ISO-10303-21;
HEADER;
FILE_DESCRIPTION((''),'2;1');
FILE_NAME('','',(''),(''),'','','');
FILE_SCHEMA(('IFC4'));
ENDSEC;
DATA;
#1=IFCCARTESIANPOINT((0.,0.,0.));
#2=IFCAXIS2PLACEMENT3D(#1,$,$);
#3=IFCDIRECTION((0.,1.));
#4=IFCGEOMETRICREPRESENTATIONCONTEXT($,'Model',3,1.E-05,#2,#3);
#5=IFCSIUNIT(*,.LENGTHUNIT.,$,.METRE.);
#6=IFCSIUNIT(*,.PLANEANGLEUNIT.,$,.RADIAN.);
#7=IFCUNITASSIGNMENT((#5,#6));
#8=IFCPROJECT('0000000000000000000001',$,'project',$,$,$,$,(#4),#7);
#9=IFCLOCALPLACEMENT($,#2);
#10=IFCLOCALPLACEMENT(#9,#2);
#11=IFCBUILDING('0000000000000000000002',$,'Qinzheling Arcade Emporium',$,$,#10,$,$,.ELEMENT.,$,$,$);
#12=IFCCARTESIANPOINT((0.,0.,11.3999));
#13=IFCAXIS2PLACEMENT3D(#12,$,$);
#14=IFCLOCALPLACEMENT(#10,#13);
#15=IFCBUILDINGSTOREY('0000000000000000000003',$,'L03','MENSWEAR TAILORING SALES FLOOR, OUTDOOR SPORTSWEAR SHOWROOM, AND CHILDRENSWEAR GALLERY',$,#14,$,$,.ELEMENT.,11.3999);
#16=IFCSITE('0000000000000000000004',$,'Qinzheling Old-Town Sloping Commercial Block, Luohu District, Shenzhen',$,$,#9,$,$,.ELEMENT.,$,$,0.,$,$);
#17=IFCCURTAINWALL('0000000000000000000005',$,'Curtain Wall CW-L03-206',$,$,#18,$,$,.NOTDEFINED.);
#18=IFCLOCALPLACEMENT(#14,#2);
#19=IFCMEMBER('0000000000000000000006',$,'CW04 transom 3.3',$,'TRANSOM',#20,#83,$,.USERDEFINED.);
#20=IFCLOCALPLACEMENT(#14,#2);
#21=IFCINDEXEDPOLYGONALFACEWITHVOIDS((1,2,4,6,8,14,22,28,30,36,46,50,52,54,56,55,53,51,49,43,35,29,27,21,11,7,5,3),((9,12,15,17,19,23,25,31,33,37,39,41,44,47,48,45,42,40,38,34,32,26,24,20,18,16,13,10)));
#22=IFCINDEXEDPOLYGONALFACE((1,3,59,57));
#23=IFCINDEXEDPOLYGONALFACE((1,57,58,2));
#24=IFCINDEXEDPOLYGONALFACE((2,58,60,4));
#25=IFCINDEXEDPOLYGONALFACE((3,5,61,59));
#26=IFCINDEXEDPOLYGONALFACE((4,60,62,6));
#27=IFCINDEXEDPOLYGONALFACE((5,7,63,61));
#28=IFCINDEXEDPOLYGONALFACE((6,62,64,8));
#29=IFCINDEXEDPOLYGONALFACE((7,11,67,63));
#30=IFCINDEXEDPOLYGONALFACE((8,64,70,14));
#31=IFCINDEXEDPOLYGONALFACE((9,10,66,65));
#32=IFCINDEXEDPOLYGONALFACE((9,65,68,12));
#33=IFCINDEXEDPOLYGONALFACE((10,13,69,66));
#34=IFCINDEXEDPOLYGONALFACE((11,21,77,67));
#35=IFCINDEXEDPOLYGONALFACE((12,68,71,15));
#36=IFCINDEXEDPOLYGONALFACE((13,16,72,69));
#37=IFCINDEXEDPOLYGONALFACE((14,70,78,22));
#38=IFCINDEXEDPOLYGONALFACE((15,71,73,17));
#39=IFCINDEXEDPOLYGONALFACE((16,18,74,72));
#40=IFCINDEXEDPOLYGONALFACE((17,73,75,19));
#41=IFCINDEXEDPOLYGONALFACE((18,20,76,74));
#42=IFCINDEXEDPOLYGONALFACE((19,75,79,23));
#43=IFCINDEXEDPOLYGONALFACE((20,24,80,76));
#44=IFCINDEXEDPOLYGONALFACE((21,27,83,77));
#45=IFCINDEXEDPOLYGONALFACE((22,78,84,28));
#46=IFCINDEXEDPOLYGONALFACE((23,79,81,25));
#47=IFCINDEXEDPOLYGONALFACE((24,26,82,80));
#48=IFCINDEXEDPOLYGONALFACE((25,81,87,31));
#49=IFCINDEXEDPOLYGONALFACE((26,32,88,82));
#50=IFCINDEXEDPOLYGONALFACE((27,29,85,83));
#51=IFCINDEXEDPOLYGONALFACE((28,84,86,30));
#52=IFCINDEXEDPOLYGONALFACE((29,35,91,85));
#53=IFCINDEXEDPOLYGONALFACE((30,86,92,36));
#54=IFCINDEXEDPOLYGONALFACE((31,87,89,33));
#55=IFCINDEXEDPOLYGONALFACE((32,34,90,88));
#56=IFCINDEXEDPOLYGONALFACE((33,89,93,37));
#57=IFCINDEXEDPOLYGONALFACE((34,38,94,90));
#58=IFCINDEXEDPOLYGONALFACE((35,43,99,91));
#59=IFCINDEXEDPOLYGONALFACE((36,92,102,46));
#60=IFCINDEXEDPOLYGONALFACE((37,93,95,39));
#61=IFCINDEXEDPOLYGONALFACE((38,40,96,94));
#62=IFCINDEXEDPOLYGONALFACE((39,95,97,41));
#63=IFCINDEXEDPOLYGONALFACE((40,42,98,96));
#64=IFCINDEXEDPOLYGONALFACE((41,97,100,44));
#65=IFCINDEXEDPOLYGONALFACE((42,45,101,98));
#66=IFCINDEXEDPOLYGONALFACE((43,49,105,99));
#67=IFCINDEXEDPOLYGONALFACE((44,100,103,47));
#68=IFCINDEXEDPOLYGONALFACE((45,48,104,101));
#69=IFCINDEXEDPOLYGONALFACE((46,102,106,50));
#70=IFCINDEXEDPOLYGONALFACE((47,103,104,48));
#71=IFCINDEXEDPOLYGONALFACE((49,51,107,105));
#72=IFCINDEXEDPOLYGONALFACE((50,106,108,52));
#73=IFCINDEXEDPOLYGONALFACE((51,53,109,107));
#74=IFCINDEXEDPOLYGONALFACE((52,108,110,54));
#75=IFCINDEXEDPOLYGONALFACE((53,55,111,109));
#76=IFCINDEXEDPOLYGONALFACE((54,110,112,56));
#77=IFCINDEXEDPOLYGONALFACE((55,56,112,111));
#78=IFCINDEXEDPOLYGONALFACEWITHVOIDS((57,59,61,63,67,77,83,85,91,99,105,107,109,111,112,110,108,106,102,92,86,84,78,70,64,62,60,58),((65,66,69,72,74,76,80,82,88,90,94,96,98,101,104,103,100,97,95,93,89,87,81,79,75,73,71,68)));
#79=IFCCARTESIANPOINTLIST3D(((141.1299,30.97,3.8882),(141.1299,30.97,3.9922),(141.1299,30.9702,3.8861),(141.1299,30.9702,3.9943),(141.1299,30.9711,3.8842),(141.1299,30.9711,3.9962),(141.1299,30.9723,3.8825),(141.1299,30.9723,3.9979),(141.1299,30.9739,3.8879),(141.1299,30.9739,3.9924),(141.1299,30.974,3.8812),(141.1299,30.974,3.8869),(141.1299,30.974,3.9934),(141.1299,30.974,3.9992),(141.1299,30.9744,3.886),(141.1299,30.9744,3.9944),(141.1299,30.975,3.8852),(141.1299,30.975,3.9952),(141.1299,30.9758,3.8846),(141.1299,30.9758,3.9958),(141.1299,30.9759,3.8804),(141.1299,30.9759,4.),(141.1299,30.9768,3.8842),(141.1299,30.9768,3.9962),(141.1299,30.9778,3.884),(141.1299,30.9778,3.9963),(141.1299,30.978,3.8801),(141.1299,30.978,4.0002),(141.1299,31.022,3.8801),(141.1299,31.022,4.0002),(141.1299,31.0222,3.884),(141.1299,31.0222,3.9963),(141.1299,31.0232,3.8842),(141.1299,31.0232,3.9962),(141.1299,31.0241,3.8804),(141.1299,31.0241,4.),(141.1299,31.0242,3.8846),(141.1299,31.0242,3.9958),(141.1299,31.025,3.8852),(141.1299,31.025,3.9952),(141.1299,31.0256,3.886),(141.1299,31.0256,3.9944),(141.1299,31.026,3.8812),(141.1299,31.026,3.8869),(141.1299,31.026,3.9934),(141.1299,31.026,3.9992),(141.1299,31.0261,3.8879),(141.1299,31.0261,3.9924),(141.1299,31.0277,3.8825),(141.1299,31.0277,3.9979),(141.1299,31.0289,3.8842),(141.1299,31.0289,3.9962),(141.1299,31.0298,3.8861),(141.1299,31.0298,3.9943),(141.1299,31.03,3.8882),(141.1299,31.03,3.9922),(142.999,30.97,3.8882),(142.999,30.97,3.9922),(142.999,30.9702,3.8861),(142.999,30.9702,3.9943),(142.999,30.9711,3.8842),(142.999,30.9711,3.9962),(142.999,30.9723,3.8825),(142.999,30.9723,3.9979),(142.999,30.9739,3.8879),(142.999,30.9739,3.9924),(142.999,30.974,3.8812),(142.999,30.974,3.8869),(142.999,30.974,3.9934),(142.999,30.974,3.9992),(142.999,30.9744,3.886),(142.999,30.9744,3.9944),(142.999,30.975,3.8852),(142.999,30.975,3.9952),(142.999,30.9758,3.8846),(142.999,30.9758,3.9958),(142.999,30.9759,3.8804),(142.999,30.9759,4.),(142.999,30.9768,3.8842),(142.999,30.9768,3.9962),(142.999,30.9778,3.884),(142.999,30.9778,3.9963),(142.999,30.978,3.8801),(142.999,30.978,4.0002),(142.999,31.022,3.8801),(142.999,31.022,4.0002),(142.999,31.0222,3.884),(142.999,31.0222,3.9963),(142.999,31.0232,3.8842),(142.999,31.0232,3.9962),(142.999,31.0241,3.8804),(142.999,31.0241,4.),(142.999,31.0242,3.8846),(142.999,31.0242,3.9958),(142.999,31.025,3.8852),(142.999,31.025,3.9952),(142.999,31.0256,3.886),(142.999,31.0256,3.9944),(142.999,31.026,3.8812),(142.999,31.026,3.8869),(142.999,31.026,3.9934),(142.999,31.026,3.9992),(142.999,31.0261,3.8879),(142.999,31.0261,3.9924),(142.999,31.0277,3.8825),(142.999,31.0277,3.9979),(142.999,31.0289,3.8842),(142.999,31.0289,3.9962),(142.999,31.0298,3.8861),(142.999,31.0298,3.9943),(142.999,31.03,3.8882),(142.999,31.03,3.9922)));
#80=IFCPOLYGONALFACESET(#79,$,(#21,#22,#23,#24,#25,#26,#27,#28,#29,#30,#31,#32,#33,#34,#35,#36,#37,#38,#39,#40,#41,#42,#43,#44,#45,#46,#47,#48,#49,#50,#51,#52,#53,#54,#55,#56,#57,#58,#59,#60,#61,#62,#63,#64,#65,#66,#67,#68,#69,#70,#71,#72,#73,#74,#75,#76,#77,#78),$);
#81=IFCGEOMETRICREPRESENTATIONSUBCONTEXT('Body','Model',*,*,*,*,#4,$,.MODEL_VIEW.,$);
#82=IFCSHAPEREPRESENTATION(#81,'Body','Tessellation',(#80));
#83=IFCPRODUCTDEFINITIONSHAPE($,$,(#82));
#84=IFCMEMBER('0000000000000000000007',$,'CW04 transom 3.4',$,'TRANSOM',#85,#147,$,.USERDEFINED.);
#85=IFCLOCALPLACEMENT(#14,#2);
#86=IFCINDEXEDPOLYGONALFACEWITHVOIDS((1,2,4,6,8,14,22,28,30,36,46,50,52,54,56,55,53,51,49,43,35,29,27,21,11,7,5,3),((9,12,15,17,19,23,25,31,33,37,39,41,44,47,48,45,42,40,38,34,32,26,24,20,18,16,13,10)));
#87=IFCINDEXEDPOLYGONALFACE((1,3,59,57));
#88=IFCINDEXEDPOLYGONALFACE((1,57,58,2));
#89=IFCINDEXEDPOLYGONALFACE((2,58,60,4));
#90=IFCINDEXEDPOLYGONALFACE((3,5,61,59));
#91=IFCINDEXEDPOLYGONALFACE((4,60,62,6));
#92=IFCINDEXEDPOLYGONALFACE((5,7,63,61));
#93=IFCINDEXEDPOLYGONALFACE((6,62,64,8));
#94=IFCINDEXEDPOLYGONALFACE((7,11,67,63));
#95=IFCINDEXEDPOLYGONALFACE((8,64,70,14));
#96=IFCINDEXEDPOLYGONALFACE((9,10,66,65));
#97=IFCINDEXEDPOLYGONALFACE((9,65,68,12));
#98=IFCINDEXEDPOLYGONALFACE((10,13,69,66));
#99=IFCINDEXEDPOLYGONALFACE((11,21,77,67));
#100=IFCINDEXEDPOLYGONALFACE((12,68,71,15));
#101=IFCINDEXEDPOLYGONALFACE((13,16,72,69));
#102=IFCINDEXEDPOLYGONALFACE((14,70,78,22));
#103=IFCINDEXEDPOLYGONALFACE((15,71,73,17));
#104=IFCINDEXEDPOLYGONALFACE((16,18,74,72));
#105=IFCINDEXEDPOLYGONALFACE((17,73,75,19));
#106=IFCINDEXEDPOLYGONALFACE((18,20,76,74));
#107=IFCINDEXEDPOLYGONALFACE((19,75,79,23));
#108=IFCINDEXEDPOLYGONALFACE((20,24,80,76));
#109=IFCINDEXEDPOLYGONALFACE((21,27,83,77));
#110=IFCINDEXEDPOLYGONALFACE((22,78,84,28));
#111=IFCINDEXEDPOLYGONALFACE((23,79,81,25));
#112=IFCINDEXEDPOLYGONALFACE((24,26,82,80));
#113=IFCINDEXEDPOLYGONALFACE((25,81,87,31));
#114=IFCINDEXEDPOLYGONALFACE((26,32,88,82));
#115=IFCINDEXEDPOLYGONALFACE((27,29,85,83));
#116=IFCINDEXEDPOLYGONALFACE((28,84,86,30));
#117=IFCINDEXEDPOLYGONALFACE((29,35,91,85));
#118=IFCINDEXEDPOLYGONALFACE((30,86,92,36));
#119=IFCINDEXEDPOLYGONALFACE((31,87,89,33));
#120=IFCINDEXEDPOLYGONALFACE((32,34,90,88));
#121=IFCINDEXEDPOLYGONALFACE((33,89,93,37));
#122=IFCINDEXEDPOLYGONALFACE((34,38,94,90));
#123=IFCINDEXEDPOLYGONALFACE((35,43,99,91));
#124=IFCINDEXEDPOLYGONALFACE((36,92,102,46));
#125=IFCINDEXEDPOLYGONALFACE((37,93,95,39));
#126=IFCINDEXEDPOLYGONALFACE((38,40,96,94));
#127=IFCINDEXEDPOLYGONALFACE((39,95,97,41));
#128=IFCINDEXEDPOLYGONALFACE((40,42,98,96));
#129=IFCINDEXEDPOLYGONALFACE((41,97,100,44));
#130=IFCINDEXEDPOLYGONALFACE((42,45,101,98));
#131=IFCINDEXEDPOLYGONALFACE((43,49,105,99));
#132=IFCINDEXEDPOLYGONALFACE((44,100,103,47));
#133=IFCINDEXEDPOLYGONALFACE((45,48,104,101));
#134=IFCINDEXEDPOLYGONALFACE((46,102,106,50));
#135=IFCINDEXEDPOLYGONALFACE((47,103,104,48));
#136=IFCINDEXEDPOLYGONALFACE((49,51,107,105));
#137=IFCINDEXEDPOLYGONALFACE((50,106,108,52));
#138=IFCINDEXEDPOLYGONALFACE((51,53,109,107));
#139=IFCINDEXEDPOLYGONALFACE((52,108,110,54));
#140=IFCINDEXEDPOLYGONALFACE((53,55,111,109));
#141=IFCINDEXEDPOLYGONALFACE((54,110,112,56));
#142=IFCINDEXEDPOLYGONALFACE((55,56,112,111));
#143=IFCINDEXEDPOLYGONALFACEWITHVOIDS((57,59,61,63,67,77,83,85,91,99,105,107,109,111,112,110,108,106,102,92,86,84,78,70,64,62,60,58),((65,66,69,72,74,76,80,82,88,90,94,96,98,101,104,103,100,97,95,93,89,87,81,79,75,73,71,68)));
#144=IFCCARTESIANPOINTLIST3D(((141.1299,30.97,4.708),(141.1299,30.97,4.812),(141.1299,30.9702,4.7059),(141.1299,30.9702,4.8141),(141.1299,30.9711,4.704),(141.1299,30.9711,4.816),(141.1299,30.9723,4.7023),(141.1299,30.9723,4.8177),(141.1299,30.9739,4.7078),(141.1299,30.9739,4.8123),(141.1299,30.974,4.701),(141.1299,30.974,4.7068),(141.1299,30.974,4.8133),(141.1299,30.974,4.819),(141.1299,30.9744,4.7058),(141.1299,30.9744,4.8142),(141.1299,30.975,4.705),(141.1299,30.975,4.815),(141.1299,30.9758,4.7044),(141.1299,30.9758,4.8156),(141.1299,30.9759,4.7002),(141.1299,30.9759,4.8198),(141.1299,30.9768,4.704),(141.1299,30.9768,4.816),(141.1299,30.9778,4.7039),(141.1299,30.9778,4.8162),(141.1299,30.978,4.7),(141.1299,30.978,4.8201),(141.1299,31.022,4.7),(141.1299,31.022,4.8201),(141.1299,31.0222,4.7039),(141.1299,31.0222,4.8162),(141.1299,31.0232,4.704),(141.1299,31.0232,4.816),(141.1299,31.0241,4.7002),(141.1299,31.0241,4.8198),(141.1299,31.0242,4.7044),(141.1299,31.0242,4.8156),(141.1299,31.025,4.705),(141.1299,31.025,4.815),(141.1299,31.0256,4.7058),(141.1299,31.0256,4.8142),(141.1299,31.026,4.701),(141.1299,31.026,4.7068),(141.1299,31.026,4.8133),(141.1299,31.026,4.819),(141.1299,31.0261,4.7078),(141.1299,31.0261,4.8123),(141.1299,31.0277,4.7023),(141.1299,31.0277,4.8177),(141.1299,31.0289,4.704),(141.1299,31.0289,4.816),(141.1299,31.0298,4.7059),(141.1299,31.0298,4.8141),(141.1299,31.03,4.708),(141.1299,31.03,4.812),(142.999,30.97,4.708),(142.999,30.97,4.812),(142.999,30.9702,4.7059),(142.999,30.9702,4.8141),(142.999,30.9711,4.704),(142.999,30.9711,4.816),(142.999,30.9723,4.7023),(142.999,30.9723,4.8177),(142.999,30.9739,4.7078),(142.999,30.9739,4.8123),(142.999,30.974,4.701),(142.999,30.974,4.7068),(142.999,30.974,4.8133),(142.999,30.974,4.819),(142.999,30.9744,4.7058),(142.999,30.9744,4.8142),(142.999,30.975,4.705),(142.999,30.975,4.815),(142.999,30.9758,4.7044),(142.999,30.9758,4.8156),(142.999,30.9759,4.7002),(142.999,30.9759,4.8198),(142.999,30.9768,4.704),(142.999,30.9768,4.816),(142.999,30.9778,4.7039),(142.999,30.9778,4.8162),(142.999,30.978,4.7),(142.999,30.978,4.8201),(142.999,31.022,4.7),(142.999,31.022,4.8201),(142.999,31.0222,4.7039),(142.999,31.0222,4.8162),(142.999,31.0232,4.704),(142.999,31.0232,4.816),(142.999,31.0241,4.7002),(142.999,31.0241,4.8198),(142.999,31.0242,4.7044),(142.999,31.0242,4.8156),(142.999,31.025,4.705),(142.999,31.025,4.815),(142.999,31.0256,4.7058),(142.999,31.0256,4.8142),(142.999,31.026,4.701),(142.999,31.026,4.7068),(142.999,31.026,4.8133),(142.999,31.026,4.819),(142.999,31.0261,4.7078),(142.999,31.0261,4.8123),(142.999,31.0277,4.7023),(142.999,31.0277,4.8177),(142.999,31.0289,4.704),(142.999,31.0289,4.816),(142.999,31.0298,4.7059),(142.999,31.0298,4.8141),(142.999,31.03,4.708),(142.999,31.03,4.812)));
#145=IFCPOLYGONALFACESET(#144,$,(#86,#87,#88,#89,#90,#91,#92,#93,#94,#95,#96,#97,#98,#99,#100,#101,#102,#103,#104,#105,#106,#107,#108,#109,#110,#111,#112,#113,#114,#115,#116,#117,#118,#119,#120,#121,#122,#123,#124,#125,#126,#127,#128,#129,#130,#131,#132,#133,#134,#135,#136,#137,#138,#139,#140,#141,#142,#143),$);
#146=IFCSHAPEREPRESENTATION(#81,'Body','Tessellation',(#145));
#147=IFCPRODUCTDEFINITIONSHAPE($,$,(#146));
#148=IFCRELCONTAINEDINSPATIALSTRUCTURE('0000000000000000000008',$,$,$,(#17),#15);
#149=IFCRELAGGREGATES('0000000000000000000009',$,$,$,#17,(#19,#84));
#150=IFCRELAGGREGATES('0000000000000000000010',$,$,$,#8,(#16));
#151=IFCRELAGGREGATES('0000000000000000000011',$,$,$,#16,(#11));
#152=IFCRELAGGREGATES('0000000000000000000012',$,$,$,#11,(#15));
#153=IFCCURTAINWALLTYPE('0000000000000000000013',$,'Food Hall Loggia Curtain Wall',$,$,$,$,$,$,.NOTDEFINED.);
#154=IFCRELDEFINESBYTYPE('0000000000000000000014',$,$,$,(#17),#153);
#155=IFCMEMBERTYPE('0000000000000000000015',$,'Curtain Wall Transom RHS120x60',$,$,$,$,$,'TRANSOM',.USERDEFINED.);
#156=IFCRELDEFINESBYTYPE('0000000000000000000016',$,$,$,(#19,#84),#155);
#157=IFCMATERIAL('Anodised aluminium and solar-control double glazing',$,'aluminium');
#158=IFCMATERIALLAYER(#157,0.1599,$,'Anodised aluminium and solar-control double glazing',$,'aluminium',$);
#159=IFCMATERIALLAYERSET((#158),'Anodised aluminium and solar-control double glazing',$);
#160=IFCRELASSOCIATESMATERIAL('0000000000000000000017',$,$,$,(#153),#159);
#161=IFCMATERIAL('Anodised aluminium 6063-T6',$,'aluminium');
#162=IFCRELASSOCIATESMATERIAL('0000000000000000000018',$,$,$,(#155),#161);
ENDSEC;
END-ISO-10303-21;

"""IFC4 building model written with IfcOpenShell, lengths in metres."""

from ifc_helpers import new_model, si_unit, direction, frame, origin, origin_2d, place, context, subcontext, project, spatial, hollow_rectangle, extrude, material, layer, layer_set, material_profile, profile_set, type_object, element, aggregate, save


model = new_model("IFC4")

# Units and contexts
model_context = context("Model", 3, precision=1e-05, world=origin(), true_north=direction((0.0, 1.0)))
body_context = subcontext(model_context, "Body", "Model", "MODEL_VIEW")
ifc_project = project(units=[si_unit("LENGTHUNIT", "METRE"), si_unit("PLANEANGLEUNIT", "RADIAN")], contexts=[model_context])

# Site, building, storey
site_placement = place(None, origin())
site = spatial("IfcSite", under=ifc_project, at=site_placement, Name="Qinzheling Old-Town Sloping Commercial Block, Luohu District, Shenzhen", CompositionType="ELEMENT", RefElevation=0.0)
building_placement = place(site_placement, origin())
building = spatial("IfcBuilding", under=site, at=building_placement, Name="Qinzheling Arcade Emporium", CompositionType="ELEMENT")
storey_placement = place(building_placement, frame((0.0, 0.0, 11.3999)))
storey = spatial("IfcBuildingStorey", under=building, at=storey_placement, Name="L03", Description="MENSWEAR TAILORING SALES FLOOR, OUTDOOR SPORTSWEAR SHOWROOM, AND CHILDRENSWEAR GALLERY", CompositionType="ELEMENT", Elevation=11.3999)

# Curtain wall
ifc_material_1 = material(Name="Anodised aluminium and solar-control double glazing", Category="aluminium")
ifc_layer_1 = layer(ifc_material_1, 0.1599, Name="Anodised aluminium and solar-control double glazing", Category="aluminium")
ifc_layer_set_1 = layer_set([ifc_layer_1], Name="Anodised aluminium and solar-control double glazing")
curtain_wall_type = type_object("IfcCurtainWallType", Name="Food Hall Loggia Curtain Wall", PredefinedType="NOTDEFINED", material=ifc_layer_set_1)
curtain_wall_1_placement = place(storey_placement, origin())
curtain_wall_1 = element("IfcCurtainWall", 1, at=curtain_wall_1_placement, inside=storey, type_object=curtain_wall_type, Name="Curtain Wall CW-L03-206", PredefinedType="NOTDEFINED")
ifc_material_2 = material(Name="Anodised aluminium 6063-T6", Category="aluminium")

# Members
ifc_material_profile_1 = material_profile(ifc_material_2, hollow_rectangle(XDim=0.0601, YDim=0.1201, WallThickness=0.0039, InnerFilletRadius=0.0039, OuterFilletRadius=0.0081, at=origin_2d()), Name="RHS 120x60x4", Category="aluminium")
ifc_profile_set_1 = profile_set([ifc_material_profile_1], Name="Anodised aluminium 6063-T6")
member_type_1 = type_object("IfcMemberType", Name="Curtain Wall Transom RHS120x60", ElementType="TRANSOM", PredefinedType="USERDEFINED", material=ifc_profile_set_1)
member_1_placement = place(storey_placement, frame((141.1299, 31.0, 3.9402), z_axis=(1.0, 0.0, 0.0), x_axis=(0.0, 1.0, 0.0)))
member_1 = element("IfcMember", 2, at=member_1_placement, type_object=member_type_1, Name="CW04 transom 3.3", ObjectType="TRANSOM", PredefinedType="USERDEFINED", context=body_context, shape_type="SweptSolid", body=[
    extrude(hollow_rectangle(XDim=0.0601, YDim=0.1201, WallThickness=0.0039, InnerFilletRadius=0.0039, OuterFilletRadius=0.0081, at=origin_2d()), origin(), (0.0, 0.0, 1.0), 1.8691),
])
member_2_placement = place(storey_placement, frame((141.1299, 31.0, 4.76), z_axis=(1.0, 0.0, 0.0), x_axis=(0.0, 1.0, 0.0)))
member_2 = element("IfcMember", 3, at=member_2_placement, type_object=member_type_1, Name="CW04 transom 3.4", ObjectType="TRANSOM", PredefinedType="USERDEFINED", context=body_context, shape_type="SweptSolid", body=[
    extrude(hollow_rectangle(XDim=0.0601, YDim=0.1201, WallThickness=0.0039, InnerFilletRadius=0.0039, OuterFilletRadius=0.0081, at=origin_2d()), origin(), (0.0, 0.0, 1.0), 1.8691),
])

aggregate(curtain_wall_1, [member_1, member_2])

save(model, "model.ifc")
